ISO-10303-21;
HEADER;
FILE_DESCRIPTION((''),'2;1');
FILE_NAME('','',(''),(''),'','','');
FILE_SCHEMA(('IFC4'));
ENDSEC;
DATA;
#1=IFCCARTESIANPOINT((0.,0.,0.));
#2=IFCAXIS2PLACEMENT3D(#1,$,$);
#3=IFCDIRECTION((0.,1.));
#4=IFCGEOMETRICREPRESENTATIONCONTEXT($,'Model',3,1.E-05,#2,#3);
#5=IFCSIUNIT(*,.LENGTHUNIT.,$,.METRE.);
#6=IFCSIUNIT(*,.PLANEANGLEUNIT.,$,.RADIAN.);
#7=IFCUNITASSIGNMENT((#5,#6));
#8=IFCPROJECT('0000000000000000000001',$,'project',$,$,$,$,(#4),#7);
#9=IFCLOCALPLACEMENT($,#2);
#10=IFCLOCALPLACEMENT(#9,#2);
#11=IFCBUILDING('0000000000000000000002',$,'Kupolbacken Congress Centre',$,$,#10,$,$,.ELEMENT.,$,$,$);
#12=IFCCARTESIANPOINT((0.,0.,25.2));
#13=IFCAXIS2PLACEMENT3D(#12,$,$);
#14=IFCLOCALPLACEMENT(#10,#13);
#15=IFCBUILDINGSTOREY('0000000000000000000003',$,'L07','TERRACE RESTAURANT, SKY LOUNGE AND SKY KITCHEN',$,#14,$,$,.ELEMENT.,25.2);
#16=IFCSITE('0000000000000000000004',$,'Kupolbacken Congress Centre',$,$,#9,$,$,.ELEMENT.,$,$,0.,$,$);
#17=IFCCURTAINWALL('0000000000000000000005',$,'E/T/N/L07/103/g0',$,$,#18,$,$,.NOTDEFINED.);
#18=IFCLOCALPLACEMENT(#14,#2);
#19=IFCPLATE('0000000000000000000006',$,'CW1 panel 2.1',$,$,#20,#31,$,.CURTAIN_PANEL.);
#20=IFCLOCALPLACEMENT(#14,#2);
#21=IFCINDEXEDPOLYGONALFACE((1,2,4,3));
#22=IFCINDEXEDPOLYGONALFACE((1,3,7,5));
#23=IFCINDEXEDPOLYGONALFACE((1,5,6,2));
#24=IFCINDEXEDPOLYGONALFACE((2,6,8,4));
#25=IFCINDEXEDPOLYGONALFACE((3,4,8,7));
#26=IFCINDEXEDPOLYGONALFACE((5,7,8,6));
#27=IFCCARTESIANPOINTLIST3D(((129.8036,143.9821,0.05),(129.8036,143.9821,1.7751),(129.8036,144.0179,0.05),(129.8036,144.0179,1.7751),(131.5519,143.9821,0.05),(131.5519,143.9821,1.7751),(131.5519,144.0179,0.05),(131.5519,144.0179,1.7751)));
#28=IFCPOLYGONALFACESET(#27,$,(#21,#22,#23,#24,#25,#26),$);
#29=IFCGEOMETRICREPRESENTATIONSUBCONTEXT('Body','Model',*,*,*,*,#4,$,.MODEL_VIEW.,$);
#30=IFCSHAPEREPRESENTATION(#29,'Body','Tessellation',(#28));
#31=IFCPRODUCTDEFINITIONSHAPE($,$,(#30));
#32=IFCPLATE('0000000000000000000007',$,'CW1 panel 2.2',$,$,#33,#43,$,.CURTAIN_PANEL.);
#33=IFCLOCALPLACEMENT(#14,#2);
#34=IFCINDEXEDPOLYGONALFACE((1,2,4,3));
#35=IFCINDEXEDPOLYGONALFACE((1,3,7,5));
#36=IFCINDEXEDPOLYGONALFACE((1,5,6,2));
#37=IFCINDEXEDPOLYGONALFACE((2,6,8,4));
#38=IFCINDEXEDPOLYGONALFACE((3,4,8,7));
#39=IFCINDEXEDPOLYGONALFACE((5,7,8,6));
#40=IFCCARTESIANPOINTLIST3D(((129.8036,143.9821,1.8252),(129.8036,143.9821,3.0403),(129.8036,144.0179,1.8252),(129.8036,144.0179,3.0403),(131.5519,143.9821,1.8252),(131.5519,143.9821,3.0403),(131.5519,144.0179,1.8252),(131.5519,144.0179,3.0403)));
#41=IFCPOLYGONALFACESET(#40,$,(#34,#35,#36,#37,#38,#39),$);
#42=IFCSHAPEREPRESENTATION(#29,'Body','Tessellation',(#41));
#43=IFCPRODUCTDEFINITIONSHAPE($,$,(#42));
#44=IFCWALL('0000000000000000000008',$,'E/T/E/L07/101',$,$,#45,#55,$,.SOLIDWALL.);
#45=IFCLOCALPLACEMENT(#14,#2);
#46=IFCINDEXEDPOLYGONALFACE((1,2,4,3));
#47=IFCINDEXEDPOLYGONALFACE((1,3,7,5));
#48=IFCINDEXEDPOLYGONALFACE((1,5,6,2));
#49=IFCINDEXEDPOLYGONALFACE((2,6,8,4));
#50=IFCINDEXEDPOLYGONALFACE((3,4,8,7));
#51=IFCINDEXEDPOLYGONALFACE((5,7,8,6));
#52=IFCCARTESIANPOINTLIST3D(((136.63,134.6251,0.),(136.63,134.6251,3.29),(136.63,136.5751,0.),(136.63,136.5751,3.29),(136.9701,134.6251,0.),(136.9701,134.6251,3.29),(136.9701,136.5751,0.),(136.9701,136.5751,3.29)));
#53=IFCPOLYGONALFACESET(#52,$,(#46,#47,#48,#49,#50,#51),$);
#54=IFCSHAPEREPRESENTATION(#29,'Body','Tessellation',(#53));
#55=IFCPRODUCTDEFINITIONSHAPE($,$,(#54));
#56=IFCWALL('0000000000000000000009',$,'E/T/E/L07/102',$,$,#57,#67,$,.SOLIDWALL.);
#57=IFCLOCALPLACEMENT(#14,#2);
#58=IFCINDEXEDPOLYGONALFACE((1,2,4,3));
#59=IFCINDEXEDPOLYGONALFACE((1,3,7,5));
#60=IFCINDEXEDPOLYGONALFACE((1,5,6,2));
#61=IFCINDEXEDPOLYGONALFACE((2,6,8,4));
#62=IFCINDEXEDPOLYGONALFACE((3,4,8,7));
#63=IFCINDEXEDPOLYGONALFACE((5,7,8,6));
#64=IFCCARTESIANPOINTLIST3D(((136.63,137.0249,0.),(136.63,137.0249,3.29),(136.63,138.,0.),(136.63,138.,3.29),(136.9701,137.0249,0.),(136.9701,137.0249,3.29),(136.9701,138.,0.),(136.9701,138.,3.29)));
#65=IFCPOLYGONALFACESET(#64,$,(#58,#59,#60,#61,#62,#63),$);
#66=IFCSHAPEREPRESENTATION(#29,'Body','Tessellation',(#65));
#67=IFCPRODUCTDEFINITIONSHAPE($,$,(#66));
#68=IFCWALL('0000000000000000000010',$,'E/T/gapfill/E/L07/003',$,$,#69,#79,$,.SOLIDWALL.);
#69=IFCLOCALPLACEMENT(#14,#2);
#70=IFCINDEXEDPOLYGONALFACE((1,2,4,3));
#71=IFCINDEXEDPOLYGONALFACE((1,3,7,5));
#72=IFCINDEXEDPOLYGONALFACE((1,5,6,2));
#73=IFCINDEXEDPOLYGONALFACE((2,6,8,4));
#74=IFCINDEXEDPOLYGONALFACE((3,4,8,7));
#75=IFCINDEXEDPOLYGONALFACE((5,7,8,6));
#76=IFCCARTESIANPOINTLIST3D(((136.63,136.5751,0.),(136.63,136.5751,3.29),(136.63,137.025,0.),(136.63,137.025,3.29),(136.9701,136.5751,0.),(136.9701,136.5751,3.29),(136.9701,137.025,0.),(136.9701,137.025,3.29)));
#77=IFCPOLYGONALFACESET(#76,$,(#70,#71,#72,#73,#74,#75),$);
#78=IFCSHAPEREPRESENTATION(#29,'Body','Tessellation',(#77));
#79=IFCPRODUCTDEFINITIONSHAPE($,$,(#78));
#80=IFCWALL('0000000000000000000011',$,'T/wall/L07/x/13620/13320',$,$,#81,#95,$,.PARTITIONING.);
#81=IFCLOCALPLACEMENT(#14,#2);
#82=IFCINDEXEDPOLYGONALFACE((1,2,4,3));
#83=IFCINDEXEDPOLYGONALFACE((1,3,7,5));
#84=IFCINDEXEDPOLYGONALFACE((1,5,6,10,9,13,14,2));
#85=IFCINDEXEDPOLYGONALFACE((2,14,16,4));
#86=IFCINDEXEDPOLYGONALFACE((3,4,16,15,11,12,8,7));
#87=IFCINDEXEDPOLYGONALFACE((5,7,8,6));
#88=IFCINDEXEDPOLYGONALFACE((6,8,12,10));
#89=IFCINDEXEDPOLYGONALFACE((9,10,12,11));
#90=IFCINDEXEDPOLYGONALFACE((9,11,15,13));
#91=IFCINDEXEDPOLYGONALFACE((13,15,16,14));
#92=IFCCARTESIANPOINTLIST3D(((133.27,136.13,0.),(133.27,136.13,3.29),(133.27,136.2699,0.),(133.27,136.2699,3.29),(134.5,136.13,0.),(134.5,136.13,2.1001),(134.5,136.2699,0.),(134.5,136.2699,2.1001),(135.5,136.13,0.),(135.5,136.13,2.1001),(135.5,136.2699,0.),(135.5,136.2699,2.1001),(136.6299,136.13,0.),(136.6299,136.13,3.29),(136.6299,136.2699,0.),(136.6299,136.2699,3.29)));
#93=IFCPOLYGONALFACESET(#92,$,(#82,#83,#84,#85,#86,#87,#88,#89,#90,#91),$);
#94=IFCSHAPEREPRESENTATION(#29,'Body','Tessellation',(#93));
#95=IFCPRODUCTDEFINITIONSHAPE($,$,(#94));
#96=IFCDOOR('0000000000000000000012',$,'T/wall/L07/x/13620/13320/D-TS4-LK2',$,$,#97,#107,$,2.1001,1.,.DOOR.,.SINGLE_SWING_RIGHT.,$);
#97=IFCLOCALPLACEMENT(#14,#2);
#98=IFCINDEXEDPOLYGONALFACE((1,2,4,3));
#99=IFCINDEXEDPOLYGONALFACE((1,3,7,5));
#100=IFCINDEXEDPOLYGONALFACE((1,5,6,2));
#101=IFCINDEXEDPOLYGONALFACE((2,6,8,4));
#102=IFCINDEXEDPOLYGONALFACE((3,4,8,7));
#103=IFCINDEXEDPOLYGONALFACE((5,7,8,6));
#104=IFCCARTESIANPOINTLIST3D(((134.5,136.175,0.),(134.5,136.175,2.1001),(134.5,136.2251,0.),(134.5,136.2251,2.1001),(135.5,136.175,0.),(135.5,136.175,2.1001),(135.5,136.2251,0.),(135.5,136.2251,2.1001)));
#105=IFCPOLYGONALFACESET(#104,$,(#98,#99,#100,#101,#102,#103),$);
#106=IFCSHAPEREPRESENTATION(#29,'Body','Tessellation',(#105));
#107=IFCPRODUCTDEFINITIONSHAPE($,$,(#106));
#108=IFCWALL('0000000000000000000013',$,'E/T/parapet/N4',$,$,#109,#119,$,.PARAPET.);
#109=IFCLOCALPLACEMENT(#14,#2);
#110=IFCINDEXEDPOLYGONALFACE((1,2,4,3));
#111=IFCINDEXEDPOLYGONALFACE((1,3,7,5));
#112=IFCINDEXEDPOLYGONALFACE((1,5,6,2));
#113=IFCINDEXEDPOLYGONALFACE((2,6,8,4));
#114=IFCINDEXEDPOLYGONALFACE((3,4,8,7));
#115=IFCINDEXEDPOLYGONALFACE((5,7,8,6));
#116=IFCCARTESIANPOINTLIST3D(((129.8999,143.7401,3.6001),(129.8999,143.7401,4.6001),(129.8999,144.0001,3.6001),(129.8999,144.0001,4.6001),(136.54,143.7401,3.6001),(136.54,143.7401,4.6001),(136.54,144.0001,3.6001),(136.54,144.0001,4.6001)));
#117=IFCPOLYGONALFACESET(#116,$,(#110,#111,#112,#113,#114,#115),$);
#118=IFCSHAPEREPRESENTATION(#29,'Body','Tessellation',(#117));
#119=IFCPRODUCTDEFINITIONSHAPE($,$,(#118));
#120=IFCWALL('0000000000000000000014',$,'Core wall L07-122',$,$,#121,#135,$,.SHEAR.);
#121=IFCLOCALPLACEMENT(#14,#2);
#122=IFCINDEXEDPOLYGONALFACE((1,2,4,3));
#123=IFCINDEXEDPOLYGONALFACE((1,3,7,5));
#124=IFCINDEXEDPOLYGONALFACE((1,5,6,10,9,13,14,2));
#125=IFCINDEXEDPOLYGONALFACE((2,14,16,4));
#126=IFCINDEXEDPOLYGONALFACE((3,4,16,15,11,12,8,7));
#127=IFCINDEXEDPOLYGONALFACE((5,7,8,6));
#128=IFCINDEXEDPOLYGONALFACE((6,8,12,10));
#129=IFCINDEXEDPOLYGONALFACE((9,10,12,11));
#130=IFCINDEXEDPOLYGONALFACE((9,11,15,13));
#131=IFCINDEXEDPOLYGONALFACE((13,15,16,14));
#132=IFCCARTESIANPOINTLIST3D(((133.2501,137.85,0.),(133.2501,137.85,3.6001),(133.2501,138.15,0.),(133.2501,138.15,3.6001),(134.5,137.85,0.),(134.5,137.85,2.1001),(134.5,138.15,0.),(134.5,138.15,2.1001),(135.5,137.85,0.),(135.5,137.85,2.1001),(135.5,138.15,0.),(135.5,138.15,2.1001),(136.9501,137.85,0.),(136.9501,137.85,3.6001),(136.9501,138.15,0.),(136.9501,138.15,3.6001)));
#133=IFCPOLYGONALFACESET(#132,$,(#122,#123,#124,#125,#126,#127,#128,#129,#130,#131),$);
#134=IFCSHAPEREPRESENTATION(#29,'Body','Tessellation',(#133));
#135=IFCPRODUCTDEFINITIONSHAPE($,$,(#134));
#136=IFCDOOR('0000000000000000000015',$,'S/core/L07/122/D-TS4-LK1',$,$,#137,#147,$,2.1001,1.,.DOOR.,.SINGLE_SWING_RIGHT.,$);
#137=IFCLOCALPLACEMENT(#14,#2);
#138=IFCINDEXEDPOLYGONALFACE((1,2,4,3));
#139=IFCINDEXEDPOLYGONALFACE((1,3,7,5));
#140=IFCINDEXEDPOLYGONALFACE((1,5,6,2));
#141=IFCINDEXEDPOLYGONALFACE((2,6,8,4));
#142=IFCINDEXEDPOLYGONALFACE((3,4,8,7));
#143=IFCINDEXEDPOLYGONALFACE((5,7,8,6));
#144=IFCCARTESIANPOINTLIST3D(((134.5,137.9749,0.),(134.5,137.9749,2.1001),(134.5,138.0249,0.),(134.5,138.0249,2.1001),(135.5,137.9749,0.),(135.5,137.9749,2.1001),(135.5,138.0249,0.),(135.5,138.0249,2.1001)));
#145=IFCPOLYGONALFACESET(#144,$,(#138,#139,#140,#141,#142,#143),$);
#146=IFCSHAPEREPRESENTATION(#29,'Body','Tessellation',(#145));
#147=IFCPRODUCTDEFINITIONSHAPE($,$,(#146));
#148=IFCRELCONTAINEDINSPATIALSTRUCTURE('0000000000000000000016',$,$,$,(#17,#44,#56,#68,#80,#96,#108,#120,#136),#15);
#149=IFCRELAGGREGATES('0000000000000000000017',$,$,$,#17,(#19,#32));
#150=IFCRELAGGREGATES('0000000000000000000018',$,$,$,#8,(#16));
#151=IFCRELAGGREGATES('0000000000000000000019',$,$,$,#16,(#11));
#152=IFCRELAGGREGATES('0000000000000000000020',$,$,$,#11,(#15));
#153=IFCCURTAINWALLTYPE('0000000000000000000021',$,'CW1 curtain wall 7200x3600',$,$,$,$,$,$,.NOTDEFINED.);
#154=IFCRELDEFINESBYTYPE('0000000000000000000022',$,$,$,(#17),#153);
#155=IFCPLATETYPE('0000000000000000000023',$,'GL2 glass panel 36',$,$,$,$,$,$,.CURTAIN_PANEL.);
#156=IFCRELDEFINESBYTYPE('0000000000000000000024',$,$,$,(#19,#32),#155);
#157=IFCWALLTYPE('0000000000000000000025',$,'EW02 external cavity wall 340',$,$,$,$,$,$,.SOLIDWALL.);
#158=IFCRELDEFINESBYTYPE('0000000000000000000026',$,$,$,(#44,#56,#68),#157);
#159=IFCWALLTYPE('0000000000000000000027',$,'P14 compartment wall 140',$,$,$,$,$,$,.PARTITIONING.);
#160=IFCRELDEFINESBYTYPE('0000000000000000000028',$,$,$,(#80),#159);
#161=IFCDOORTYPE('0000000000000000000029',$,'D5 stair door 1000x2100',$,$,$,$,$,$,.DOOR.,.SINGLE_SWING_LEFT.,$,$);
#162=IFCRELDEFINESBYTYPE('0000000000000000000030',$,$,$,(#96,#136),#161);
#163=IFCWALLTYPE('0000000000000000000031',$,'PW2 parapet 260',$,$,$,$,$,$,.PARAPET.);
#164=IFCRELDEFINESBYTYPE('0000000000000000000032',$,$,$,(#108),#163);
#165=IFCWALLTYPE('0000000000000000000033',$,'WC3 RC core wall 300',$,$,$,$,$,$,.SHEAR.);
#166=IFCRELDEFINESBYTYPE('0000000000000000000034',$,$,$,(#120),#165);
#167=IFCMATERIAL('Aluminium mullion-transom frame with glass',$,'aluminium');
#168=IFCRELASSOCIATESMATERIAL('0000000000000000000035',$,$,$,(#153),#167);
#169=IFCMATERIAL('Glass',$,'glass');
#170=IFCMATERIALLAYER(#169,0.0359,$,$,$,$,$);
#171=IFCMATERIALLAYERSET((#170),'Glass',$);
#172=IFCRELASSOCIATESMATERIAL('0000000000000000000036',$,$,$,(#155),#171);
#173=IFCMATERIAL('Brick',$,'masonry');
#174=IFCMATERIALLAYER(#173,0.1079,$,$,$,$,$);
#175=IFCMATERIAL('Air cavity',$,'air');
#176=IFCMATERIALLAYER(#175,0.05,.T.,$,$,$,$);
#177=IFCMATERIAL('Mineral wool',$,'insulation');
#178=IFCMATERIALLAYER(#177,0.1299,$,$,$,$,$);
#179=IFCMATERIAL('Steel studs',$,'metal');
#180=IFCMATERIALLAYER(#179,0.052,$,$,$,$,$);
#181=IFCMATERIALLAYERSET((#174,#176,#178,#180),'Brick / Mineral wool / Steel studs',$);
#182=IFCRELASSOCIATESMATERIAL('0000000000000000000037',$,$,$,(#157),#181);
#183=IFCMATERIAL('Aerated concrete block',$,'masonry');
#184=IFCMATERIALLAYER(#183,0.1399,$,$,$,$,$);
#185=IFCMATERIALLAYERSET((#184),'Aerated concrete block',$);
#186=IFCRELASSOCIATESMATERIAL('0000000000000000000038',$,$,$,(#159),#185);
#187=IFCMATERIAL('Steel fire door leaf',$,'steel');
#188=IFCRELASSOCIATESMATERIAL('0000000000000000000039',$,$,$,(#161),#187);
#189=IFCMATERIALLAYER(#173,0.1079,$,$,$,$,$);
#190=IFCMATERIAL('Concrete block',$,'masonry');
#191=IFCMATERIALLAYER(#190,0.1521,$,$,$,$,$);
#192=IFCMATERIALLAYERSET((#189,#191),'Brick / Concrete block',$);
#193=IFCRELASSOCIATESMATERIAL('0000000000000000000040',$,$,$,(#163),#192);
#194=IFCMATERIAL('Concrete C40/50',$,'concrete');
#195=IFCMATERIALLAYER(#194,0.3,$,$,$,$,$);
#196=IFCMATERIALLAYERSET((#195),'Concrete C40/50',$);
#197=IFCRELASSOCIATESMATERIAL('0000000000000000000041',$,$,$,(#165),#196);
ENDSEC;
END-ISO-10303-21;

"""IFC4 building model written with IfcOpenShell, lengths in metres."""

from ifc_helpers import new_model, si_unit, direction, frame, frame_2d, origin, origin_2d, place, context, subcontext, project, spatial, rectangle, extrude, material, layer, layer_set, type_object, element, fill, aggregate, save


model = new_model("IFC4")

# Units and contexts
model_context = context("Model", 3, precision=1e-05, world=origin(), true_north=direction((0.0, 1.0)))
body_context = subcontext(model_context, "Body", "Model", "MODEL_VIEW")
ifc_project = project(units=[si_unit("LENGTHUNIT", "METRE"), si_unit("PLANEANGLEUNIT", "RADIAN")], contexts=[model_context])

# Site, building, storey
site_placement = place(None, origin())
site = spatial("IfcSite", under=ifc_project, at=site_placement, Name="Kupolbacken Congress Centre", CompositionType="ELEMENT", RefElevation=0.0)
building_placement = place(site_placement, origin())
building = spatial("IfcBuilding", under=site, at=building_placement, Name="Kupolbacken Congress Centre", CompositionType="ELEMENT")
storey_placement = place(building_placement, frame((0.0, 0.0, 25.2)))
storey = spatial("IfcBuildingStorey", under=building, at=storey_placement, Name="L07", Description="TERRACE RESTAURANT, SKY LOUNGE AND SKY KITCHEN", CompositionType="ELEMENT", Elevation=25.2)

# Curtain wall, plates
ifc_material_1 = material(Name="Aluminium mullion-transom frame with glass", Category="aluminium")
curtain_wall_type = type_object("IfcCurtainWallType", Name="CW1 curtain wall 7200x3600", PredefinedType="NOTDEFINED", material=ifc_material_1)
curtain_wall_placement = place(storey_placement, origin())
curtain_wall = element("IfcCurtainWall", 1, at=curtain_wall_placement, inside=storey, type_object=curtain_wall_type, Name="E/T/N/L07/103/g0", PredefinedType="NOTDEFINED")
ifc_material_2 = material(Name="Glass", Category="glass")
ifc_layer_1 = layer(ifc_material_2, 0.0359)
ifc_layer_set_1 = layer_set([ifc_layer_1], Name="Glass")
plate_type = type_object("IfcPlateType", Name="GL2 glass panel 36", PredefinedType="CURTAIN_PANEL", material=ifc_layer_set_1)
plate_1_placement = place(storey_placement, frame((130.6777, 144.0, 0.05), z_axis=(0.0, 0.0, 1.0), x_axis=(-1.0, 0.0, 0.0)))
plate_1 = element("IfcPlate", 2, at=plate_1_placement, type_object=plate_type, Name="CW1 panel 2.1", PredefinedType="CURTAIN_PANEL", context=body_context, shape_type="SweptSolid", body=[
    extrude(rectangle(XDim=1.7483, YDim=0.0359, at=origin_2d()), origin(), (0.0, 0.0, 1.0), 1.7251),
])
plate_2_placement = place(storey_placement, frame((130.6777, 144.0, 1.8252), z_axis=(0.0, 0.0, 1.0), x_axis=(-1.0, 0.0, 0.0)))
plate_2 = element("IfcPlate", 3, at=plate_2_placement, type_object=plate_type, Name="CW1 panel 2.2", PredefinedType="CURTAIN_PANEL", context=body_context, shape_type="SweptSolid", body=[
    extrude(rectangle(XDim=1.7483, YDim=0.0359, at=origin_2d()), origin(), (0.0, 0.0, 1.0), 1.2151),
])
aggregate(curtain_wall, [plate_1, plate_2])

# Walls
ifc_material_3 = material(Name="Brick", Category="masonry")
ifc_layer_2 = layer(ifc_material_3, 0.1079)
ifc_material_4 = material(Name="Air cavity", Category="air")
ifc_layer_3 = layer(ifc_material_4, 0.05, ventilated=True)
ifc_material_5 = material(Name="Mineral wool", Category="insulation")
ifc_layer_4 = layer(ifc_material_5, 0.1299)
ifc_material_6 = material(Name="Steel studs", Category="metal")
ifc_layer_5 = layer(ifc_material_6, 0.052)
ifc_layer_set_2 = layer_set([ifc_layer_2, ifc_layer_3, ifc_layer_4, ifc_layer_5], Name="Brick / Mineral wool / Steel studs")
wall_type_1 = type_object("IfcWallType", Name="EW02 external cavity wall 340", PredefinedType="SOLIDWALL", material=ifc_layer_set_2)
wall_1_placement = place(storey_placement, frame((136.8, 134.625, 0.0), z_axis=(0.0, 0.0, 1.0), x_axis=(0.0, 1.0, 0.0)))
element("IfcWall", 4, at=wall_1_placement, inside=storey, type_object=wall_type_1, Name="E/T/E/L07/101", PredefinedType="SOLIDWALL", context=body_context, shape_type="SweptSolid", body=[
    extrude(rectangle(XDim=1.95, YDim=0.3401, at=frame_2d((0.9751, 0.0))), origin(), (0.0, 0.0, 1.0), 3.29),
])
wall_2_placement = place(storey_placement, frame((136.8, 137.0249, 0.0), z_axis=(0.0, 0.0, 1.0), x_axis=(0.0, 1.0, 0.0)))
element("IfcWall", 5, at=wall_2_placement, inside=storey, type_object=wall_type_1, Name="E/T/E/L07/102", PredefinedType="SOLIDWALL", context=body_context, shape_type="SweptSolid", body=[
    extrude(rectangle(XDim=0.9751, YDim=0.3401, at=frame_2d((0.4875, 0.0))), origin(), (0.0, 0.0, 1.0), 3.29),
])
wall_3_placement = place(storey_placement, frame((136.8, 136.575, 0.0), z_axis=(0.0, 0.0, 1.0), x_axis=(0.0, 1.0, 0.0)))
element("IfcWall", 6, at=wall_3_placement, inside=storey, type_object=wall_type_1, Name="E/T/gapfill/E/L07/003", PredefinedType="SOLIDWALL", context=body_context, shape_type="SweptSolid", body=[
    extrude(rectangle(XDim=0.45, YDim=0.3401, at=frame_2d((0.2251, 0.0))), origin(), (0.0, 0.0, 1.0), 3.29),
])

# Wall, opening, door
ifc_material_7 = material(Name="Aerated concrete block", Category="masonry")
ifc_layer_6 = layer(ifc_material_7, 0.1399)
ifc_layer_set_3 = layer_set([ifc_layer_6], Name="Aerated concrete block")
wall_type_2 = type_object("IfcWallType", Name="P14 compartment wall 140", PredefinedType="PARTITIONING", material=ifc_layer_set_3)
wall_4_placement = place(storey_placement, frame((133.27, 136.2, 0.0), z_axis=(0.0, 0.0, 1.0), x_axis=(1.0, 0.0, 0.0)))
wall_4 = element("IfcWall", 7, at=wall_4_placement, inside=storey, type_object=wall_type_2, Name="T/wall/L07/x/13620/13320", PredefinedType="PARTITIONING", context=body_context, shape_type="SweptSolid", body=[
    extrude(rectangle(XDim=3.3599, YDim=0.1399, at=frame_2d((1.6799, 0.0))), origin(), (0.0, 0.0, 1.0), 3.29),
])
opening_1_placement = place(wall_4_placement, frame((1.23, 0.0, 0.0)))
opening_1 = element("IfcOpeningElement", 8, at=opening_1_placement, cuts=wall_4, PredefinedType="OPENING", context=body_context, shape_type="SweptSolid", body=[
    extrude(rectangle(XDim=1.0, YDim=2.1001, at=frame_2d((0.5, 1.05))), frame((0.0, 0.0798, 0.0), z_axis=(0.0, -1.0, 0.0), x_axis=(1.0, 0.0, 0.0)), (0.0, 0.0, 1.0), 0.1599),
])
ifc_material_8 = material(Name="Steel fire door leaf", Category="steel")
door_type = type_object("IfcDoorType", Name="D5 stair door 1000x2100", OperationType="SINGLE_SWING_LEFT", PredefinedType="DOOR", material=ifc_material_8)
door_1_placement = place(opening_1_placement, frame((1.0, 0.0, 0.0), z_axis=(0.0, 0.0, 1.0), x_axis=(-1.0, 0.0, 0.0)))
door_1 = element("IfcDoor", 9, at=door_1_placement, inside=storey, type_object=door_type, Name="T/wall/L07/x/13620/13320/D-TS4-LK2", OperationType="SINGLE_SWING_RIGHT", OverallHeight=2.1001, OverallWidth=1.0, PredefinedType="DOOR", context=body_context, shape_type="SweptSolid", body=[
    extrude(rectangle(XDim=1.0, YDim=2.1001, at=frame_2d((0.5, 1.05))), frame((0.0, 0.0249, 0.0), z_axis=(0.0, -1.0, 0.0), x_axis=(1.0, 0.0, 0.0)), (0.0, 0.0, 1.0), 0.05),
])
fill(opening_1, door_1)

# Wall
ifc_layer_7 = layer(ifc_material_3, 0.1079)
ifc_material_9 = material(Name="Concrete block", Category="masonry")
ifc_layer_8 = layer(ifc_material_9, 0.1521)
ifc_layer_set_4 = layer_set([ifc_layer_7, ifc_layer_8], Name="Brick / Concrete block")
wall_type_3 = type_object("IfcWallType", Name="PW2 parapet 260", PredefinedType="PARAPET", material=ifc_layer_set_4)
wall_5_placement = place(storey_placement, frame((129.8999, 143.8701, 3.6001), z_axis=(0.0, 0.0, 1.0), x_axis=(1.0, 0.0, 0.0)))
element("IfcWall", 10, at=wall_5_placement, inside=storey, type_object=wall_type_3, Name="E/T/parapet/N4", PredefinedType="PARAPET", context=body_context, shape_type="SweptSolid", body=[
    extrude(rectangle(XDim=6.6401, YDim=0.26, at=frame_2d((3.3201, 0.0))), origin(), (0.0, 0.0, 1.0), 1.0),
])

# Wall, opening, door
ifc_material_10 = material(Name="Concrete C40/50", Category="concrete")
ifc_layer_9 = layer(ifc_material_10, 0.3)
ifc_layer_set_5 = layer_set([ifc_layer_9], Name="Concrete C40/50")
wall_type_4 = type_object("IfcWallType", Name="WC3 RC core wall 300", PredefinedType="SHEAR", material=ifc_layer_set_5)
wall_6_placement = place(storey_placement, frame((133.25, 138.0, 0.0), z_axis=(0.0, 0.0, 1.0), x_axis=(1.0, 0.0, 0.0)))
wall_6 = element("IfcWall", 11, at=wall_6_placement, inside=storey, type_object=wall_type_4, Name="Core wall L07-122", PredefinedType="SHEAR", context=body_context, shape_type="SweptSolid", body=[
    extrude(rectangle(XDim=3.7, YDim=0.3, at=frame_2d((1.8501, 0.0))), origin(), (0.0, 0.0, 1.0), 3.6001),
])
opening_2_placement = place(wall_6_placement, frame((1.25, 0.0, 0.0)))
opening_2 = element("IfcOpeningElement", 12, at=opening_2_placement, cuts=wall_6, PredefinedType="OPENING", context=body_context, shape_type="SweptSolid", body=[
    extrude(rectangle(XDim=1.0, YDim=2.1001, at=frame_2d((0.5, 1.05))), frame((0.0, 0.1599, 0.0), z_axis=(0.0, -1.0, 0.0), x_axis=(1.0, 0.0, 0.0)), (0.0, 0.0, 1.0), 0.3201),
])
door_2_placement = place(opening_2_placement, origin())
door_2 = element("IfcDoor", 13, at=door_2_placement, inside=storey, type_object=door_type, Name="S/core/L07/122/D-TS4-LK1", OperationType="SINGLE_SWING_RIGHT", OverallHeight=2.1001, OverallWidth=1.0, PredefinedType="DOOR", context=body_context, shape_type="SweptSolid", body=[
    extrude(rectangle(XDim=1.0, YDim=2.1001, at=frame_2d((0.5, 1.05))), frame((0.0, 0.0249, 0.0), z_axis=(0.0, -1.0, 0.0), x_axis=(1.0, 0.0, 0.0)), (0.0, 0.0, 1.0), 0.05),
])
fill(opening_2, door_2)

save(model, "model.ifc")
